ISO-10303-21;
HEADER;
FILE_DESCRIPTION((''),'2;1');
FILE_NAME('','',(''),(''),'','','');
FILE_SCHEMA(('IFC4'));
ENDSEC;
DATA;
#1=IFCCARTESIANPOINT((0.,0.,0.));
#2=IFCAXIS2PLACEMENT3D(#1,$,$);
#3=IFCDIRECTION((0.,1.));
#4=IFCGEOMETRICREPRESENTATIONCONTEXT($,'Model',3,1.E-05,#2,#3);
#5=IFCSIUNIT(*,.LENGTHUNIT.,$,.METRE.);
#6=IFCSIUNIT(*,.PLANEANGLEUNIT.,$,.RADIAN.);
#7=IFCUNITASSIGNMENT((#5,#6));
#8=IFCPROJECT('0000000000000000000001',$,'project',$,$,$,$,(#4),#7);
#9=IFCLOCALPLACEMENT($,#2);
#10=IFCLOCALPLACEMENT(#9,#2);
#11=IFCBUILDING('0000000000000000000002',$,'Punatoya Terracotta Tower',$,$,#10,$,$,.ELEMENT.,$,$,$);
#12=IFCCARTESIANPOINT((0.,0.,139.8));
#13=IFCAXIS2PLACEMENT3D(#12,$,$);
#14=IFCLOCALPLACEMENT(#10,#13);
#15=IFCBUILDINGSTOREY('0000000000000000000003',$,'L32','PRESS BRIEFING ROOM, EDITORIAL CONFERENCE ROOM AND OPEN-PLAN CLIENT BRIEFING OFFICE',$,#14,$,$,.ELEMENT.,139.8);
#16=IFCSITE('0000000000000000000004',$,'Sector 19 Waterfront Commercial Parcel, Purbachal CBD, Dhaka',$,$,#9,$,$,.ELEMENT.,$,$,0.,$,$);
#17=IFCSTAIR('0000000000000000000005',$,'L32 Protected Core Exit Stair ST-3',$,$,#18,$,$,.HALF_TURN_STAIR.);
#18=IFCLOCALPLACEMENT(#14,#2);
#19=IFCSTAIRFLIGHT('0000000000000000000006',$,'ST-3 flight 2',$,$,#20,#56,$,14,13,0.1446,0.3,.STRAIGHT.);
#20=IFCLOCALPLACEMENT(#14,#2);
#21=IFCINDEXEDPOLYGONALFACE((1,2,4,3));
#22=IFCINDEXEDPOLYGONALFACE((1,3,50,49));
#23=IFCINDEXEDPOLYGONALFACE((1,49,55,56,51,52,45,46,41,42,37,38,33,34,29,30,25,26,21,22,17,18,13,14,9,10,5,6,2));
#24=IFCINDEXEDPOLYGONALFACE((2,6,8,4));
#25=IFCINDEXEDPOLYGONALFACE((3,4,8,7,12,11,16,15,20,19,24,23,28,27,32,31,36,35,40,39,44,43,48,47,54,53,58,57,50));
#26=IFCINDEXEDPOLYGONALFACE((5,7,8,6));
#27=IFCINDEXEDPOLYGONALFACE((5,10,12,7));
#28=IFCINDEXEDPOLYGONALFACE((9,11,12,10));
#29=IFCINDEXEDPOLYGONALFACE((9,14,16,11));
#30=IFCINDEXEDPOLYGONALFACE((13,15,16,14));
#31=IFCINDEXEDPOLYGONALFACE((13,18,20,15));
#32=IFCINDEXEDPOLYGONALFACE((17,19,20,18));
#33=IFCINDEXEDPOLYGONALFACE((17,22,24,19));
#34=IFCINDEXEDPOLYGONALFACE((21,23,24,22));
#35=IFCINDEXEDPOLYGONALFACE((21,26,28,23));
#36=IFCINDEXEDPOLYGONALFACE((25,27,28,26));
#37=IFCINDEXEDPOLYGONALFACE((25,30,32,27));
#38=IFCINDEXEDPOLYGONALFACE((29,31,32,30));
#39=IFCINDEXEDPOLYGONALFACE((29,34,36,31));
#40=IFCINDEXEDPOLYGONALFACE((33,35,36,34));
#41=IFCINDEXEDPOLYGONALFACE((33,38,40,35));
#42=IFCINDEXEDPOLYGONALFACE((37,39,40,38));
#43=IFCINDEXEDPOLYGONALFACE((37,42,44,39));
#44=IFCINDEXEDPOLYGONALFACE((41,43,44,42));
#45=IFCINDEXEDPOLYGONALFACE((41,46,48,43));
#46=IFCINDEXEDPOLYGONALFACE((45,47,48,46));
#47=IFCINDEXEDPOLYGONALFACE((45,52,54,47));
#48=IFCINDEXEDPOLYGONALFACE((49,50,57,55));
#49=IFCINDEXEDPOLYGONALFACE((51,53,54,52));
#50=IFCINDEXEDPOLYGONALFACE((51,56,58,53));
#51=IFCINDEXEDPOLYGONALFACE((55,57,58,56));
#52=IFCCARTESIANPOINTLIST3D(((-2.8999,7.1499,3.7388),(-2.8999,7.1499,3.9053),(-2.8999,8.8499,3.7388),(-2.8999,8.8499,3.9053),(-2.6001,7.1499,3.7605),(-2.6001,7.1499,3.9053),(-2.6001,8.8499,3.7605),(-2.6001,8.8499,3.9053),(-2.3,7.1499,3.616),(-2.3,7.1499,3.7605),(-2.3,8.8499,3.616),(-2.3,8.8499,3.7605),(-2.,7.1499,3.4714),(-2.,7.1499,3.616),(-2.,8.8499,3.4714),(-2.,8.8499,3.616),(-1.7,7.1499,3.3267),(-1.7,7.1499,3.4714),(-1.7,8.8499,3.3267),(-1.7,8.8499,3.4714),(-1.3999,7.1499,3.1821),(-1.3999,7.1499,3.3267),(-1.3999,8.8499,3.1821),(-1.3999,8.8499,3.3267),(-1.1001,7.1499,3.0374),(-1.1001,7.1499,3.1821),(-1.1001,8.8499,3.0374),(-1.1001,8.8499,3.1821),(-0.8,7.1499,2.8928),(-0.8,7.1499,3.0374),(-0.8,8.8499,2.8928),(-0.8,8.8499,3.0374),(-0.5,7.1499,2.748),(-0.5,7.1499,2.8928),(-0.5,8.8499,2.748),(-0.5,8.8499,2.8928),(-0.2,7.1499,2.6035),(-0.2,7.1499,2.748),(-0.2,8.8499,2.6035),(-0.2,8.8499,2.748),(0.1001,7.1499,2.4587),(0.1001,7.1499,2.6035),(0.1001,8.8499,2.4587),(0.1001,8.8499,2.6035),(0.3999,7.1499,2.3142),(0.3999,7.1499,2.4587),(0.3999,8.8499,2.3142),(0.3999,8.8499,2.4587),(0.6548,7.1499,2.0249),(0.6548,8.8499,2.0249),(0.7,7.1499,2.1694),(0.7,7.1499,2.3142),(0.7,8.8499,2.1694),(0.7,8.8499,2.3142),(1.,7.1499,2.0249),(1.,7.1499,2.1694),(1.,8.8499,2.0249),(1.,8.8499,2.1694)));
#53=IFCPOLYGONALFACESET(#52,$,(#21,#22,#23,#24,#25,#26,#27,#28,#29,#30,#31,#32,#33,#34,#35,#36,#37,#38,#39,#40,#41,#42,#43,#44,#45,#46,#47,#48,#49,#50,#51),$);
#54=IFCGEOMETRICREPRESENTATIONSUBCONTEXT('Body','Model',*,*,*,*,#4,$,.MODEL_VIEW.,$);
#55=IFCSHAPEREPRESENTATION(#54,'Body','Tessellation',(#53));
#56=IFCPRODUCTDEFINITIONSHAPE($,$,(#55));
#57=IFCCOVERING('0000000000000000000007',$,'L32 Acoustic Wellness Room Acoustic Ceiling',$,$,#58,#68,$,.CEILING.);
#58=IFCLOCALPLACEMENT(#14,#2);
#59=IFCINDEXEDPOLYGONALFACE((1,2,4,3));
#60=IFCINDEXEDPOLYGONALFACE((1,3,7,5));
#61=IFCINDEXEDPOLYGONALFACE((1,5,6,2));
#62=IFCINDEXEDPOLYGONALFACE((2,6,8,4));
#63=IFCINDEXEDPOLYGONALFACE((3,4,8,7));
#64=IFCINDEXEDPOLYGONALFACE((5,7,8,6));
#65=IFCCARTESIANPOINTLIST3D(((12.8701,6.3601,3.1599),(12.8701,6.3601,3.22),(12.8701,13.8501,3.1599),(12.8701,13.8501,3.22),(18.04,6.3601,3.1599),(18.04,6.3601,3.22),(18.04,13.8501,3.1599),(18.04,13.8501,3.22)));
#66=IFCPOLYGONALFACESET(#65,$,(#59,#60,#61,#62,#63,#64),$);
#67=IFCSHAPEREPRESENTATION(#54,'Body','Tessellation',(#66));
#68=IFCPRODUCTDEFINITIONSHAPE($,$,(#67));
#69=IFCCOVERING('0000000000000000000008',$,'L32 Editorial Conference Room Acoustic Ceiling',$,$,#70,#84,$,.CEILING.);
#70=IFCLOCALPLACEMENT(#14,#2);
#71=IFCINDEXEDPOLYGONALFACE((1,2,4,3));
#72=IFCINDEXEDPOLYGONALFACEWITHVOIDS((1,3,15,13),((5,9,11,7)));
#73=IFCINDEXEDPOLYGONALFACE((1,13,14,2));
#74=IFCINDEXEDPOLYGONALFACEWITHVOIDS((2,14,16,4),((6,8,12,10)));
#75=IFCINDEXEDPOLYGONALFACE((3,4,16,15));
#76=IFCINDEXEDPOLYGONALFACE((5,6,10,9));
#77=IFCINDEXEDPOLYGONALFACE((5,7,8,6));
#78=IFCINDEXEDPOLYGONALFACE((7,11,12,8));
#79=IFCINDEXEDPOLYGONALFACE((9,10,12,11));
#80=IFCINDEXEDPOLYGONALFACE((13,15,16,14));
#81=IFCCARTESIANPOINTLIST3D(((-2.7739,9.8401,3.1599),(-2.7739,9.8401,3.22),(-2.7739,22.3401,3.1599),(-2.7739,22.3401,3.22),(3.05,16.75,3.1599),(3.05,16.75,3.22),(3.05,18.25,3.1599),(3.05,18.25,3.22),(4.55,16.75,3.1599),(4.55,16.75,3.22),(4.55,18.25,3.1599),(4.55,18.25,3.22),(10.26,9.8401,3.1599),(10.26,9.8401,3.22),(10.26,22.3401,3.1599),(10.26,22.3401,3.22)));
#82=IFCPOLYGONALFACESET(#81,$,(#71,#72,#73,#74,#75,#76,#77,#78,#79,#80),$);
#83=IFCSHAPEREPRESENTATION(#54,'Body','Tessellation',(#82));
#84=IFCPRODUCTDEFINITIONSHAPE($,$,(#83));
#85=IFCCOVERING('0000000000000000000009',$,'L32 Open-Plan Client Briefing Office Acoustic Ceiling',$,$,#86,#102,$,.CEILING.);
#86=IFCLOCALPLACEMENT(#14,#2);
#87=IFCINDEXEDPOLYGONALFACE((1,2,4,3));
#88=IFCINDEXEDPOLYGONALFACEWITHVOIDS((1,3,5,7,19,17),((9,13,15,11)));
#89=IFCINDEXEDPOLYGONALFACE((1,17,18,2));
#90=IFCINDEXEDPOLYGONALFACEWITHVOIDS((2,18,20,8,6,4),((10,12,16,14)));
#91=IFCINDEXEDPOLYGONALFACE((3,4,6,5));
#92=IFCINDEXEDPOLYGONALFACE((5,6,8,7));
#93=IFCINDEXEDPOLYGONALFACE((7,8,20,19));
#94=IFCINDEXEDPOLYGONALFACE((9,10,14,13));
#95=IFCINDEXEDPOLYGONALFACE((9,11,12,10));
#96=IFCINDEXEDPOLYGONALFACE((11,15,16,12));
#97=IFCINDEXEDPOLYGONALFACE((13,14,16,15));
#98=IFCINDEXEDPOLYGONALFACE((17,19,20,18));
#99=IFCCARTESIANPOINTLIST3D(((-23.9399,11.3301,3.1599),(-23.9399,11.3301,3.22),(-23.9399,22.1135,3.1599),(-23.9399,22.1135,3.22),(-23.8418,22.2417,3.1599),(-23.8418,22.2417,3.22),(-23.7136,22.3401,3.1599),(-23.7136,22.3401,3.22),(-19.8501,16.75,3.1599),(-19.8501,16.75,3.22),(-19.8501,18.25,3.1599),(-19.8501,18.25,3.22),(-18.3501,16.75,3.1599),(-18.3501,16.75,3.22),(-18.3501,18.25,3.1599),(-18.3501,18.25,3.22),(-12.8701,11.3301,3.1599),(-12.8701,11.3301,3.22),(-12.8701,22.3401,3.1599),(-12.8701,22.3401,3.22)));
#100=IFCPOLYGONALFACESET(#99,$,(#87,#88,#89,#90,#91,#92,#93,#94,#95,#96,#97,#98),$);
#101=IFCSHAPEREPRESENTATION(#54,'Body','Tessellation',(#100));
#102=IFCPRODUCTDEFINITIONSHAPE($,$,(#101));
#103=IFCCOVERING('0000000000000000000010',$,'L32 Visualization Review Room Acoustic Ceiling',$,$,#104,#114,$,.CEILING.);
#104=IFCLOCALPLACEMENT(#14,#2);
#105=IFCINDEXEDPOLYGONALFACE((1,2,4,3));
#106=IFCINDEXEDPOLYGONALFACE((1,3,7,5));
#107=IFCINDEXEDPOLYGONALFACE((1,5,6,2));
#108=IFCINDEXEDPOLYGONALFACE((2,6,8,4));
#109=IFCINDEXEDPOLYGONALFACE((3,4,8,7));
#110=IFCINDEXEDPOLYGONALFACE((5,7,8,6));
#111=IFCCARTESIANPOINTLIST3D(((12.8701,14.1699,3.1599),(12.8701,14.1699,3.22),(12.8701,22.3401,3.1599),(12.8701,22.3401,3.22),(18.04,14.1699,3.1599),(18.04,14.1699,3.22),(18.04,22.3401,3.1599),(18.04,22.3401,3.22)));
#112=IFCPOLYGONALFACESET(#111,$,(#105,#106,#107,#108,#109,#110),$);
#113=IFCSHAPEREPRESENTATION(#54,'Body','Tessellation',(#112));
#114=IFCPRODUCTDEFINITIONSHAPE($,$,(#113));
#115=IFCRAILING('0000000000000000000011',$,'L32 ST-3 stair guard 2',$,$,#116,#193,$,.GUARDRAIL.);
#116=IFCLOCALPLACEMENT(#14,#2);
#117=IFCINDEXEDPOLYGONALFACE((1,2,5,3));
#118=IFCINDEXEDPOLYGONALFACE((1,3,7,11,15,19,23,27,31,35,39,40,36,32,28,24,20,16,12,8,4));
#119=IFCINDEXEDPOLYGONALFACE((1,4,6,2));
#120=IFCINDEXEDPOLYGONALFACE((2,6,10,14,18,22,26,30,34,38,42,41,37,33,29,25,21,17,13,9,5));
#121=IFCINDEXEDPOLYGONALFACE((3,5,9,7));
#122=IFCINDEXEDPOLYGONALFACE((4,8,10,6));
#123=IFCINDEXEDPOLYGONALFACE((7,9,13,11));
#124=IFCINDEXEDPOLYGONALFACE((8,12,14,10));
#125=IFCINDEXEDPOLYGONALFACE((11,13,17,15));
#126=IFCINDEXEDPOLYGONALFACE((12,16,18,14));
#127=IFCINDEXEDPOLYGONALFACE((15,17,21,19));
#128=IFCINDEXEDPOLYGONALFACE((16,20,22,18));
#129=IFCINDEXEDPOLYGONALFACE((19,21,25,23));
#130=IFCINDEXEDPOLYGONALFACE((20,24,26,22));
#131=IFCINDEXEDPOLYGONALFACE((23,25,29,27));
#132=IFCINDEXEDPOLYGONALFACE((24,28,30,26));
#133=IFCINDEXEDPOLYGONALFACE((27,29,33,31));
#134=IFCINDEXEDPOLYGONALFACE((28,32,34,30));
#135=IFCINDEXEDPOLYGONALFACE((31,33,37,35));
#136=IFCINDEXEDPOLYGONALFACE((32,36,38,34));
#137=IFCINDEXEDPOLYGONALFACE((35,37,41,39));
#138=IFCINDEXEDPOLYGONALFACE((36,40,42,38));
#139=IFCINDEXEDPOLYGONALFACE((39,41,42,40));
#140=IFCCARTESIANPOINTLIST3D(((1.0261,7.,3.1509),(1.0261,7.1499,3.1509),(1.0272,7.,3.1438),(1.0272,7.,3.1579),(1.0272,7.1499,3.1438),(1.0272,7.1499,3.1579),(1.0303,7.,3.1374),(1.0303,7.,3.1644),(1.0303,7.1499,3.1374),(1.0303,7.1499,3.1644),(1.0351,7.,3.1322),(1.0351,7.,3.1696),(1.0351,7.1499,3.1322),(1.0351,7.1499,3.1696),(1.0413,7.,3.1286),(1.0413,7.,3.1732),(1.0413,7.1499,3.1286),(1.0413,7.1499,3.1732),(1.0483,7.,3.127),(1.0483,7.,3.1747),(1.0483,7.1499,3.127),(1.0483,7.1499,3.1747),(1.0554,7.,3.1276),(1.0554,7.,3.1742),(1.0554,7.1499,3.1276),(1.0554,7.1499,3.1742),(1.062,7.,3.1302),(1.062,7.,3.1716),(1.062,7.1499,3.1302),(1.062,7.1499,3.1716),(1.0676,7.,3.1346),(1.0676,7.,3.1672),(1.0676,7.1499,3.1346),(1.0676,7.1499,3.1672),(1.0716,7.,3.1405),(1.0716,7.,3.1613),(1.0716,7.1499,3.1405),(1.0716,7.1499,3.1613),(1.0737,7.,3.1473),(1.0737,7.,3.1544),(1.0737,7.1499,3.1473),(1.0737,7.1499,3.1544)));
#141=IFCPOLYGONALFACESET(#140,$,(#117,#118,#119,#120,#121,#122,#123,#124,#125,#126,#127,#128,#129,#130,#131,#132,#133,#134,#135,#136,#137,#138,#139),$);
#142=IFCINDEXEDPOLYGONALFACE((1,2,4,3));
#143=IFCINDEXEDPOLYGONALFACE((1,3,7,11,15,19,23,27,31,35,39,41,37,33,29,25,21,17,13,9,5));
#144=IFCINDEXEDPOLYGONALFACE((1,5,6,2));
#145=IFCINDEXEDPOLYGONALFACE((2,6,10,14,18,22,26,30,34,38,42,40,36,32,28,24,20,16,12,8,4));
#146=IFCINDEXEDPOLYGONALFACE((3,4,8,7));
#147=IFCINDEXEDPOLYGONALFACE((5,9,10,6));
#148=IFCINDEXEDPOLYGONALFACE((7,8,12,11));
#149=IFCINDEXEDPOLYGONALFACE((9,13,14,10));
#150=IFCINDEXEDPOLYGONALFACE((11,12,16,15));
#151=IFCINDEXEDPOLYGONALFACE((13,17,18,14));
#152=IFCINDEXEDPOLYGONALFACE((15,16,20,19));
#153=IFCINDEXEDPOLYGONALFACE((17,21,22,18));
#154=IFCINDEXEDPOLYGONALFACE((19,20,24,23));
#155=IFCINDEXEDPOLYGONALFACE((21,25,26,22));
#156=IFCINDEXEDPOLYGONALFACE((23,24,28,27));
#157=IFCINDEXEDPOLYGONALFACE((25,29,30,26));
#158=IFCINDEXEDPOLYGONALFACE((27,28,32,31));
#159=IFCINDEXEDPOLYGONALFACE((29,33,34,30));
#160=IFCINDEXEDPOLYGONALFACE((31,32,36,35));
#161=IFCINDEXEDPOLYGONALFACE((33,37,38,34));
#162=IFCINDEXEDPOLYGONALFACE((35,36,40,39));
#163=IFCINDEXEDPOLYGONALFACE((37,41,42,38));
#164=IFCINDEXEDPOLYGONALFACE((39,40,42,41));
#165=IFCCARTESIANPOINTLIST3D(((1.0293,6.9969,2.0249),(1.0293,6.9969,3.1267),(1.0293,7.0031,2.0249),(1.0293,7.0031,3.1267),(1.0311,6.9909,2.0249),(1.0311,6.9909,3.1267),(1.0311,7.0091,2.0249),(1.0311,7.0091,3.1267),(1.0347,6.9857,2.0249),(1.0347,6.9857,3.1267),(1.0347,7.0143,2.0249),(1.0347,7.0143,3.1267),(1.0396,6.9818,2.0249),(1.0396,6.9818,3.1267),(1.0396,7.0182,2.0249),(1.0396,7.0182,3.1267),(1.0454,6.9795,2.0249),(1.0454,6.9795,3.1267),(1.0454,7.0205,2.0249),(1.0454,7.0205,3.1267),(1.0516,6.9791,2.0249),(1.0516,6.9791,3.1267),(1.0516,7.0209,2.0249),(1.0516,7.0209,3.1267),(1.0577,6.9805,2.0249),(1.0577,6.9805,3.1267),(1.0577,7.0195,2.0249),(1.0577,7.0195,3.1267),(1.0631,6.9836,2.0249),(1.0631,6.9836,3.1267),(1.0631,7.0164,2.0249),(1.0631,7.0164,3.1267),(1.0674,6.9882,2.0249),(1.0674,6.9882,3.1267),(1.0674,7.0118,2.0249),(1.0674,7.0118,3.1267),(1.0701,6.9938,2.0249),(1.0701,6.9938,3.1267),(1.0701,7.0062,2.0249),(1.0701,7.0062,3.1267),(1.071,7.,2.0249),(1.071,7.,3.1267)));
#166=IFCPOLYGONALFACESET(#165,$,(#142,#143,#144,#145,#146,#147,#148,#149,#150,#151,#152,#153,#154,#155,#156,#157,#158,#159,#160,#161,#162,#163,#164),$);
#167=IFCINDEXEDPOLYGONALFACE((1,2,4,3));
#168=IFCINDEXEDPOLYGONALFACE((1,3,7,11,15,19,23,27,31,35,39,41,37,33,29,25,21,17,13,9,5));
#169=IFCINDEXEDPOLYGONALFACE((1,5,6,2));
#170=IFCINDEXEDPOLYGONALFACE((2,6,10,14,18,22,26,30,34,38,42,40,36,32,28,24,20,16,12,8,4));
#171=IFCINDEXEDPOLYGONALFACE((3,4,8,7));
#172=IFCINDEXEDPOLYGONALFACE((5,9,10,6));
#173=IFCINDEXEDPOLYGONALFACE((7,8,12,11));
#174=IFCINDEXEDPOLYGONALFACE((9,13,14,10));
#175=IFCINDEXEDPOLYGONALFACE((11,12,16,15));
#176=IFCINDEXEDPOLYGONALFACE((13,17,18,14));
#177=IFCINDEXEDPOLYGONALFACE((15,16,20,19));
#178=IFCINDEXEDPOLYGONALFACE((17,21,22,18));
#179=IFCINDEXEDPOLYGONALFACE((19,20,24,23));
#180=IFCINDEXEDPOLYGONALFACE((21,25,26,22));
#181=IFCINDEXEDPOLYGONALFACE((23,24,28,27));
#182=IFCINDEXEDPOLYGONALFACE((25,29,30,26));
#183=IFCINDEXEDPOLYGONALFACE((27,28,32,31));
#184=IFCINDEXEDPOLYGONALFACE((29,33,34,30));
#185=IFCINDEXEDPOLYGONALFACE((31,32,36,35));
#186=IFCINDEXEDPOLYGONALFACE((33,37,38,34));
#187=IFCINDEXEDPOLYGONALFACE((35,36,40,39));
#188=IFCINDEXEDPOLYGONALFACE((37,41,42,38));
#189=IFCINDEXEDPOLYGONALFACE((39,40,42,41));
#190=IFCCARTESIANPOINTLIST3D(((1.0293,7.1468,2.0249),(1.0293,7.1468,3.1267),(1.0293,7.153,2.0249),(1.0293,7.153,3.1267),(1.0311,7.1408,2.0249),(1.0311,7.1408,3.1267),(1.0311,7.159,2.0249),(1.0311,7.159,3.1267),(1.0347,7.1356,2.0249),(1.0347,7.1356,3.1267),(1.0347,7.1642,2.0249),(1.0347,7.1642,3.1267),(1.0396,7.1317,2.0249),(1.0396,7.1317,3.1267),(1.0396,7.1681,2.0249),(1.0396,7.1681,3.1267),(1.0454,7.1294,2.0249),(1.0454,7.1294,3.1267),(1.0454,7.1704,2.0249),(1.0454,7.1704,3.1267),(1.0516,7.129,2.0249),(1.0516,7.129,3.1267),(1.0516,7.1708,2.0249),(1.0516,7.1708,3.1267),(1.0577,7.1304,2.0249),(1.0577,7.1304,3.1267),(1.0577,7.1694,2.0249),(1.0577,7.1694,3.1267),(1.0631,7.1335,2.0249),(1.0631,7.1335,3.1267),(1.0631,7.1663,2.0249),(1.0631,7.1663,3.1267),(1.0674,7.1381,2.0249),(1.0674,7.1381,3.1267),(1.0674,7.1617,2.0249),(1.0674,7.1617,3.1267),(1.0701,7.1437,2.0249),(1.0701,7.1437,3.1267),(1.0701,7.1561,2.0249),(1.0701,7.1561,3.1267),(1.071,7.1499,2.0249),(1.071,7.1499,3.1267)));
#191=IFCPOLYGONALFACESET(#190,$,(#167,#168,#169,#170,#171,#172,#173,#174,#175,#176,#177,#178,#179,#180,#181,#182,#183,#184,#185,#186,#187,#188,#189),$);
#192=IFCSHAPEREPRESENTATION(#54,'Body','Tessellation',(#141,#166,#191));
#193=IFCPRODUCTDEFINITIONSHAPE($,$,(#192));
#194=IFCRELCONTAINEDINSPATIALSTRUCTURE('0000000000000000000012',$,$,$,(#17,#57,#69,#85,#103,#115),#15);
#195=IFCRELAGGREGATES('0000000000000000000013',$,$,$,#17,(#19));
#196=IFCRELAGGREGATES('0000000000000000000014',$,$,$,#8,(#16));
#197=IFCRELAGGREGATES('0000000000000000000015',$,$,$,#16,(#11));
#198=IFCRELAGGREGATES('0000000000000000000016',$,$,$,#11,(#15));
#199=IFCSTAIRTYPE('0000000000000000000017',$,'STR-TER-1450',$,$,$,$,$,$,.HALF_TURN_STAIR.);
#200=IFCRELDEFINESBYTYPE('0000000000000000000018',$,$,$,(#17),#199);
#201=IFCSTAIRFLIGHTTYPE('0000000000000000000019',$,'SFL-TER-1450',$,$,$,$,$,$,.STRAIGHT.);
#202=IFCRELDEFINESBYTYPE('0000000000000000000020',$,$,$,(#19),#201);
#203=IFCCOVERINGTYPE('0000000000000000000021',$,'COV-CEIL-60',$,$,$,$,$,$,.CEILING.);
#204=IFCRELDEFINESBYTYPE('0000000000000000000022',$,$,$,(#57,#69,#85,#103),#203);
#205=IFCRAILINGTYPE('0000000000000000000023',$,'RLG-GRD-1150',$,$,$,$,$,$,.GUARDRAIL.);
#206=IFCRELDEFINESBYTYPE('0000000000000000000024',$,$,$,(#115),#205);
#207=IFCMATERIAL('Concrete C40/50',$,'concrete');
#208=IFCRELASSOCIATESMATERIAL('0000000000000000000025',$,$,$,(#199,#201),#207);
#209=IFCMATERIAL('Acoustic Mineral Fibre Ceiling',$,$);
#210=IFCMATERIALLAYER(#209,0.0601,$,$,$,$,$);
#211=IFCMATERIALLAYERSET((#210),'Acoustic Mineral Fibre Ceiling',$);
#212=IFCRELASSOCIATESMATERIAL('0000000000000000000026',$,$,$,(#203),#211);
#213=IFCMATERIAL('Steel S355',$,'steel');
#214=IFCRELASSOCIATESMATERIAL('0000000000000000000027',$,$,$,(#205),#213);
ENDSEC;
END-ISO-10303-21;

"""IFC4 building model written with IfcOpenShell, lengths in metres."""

from ifc_helpers import new_model, si_unit, direction, frame, origin, origin_2d, place, context, subcontext, project, spatial, polyline, circle, outline, extrude, material, layer, layer_set, type_object, element, aggregate, save


model = new_model("IFC4")

# Units and contexts
model_context = context("Model", 3, precision=1e-05, world=origin(), true_north=direction((0.0, 1.0)))
body_context = subcontext(model_context, "Body", "Model", "MODEL_VIEW")
ifc_project = project(units=[si_unit("LENGTHUNIT", "METRE"), si_unit("PLANEANGLEUNIT", "RADIAN")], contexts=[model_context])

# Site, building, storey
site_placement = place(None, origin())
site = spatial("IfcSite", under=ifc_project, at=site_placement, Name="Sector 19 Waterfront Commercial Parcel, Purbachal CBD, Dhaka", CompositionType="ELEMENT", RefElevation=0.0)
building_placement = place(site_placement, origin())
building = spatial("IfcBuilding", under=site, at=building_placement, Name="Punatoya Terracotta Tower", CompositionType="ELEMENT")
storey_placement = place(building_placement, frame((0.0, 0.0, 139.8)))
storey = spatial("IfcBuildingStorey", under=building, at=storey_placement, Name="L32", Description="PRESS BRIEFING ROOM, EDITORIAL CONFERENCE ROOM AND OPEN-PLAN CLIENT BRIEFING OFFICE", CompositionType="ELEMENT", Elevation=139.8)

# Shared definitions
ifc_material_1 = material(Name="Steel S355", Category="steel")

# Shared definitions
ifc_material_2 = material(Name="Concrete C40/50", Category="concrete")

# Stair, stair flight
stair_type_1 = type_object("IfcStairType", Name="STR-TER-1450", PredefinedType="HALF_TURN_STAIR", material=ifc_material_2)
stair_1_placement = place(storey_placement, origin())
stair_1 = element("IfcStair", 1, at=stair_1_placement, inside=storey, type_object=stair_type_1, Name="L32 Protected Core Exit Stair ST-3", PredefinedType="HALF_TURN_STAIR")
stair_flight_type_1 = type_object("IfcStairFlightType", Name="SFL-TER-1450", PredefinedType="STRAIGHT", material=ifc_material_2)
stair_flight_1_placement = place(storey_placement, frame((1.0, 8.0, 2.0249), z_axis=(0.0, 0.0, 1.0), x_axis=(-1.0, 0.0, 0.0)))
stair_flight_1 = element("IfcStairFlight", 2, at=stair_flight_1_placement, type_object=stair_flight_type_1, Name="ST-3 flight 2", NumberOfRisers=14, NumberOfTreads=13, PredefinedType="STRAIGHT", RiserHeight=0.1446, TreadLength=0.3, context=body_context, shape_type="SweptSolid", body=[
    extrude(outline(polyline([(0.0, 0.0), (0.0, 0.1445), (0.3, 0.1445), (0.3, 0.2893), (0.6001, 0.2893), (0.6001, 0.4338), (0.8999, 0.4338), (0.8999, 0.5786), (1.2, 0.5786), (1.2, 0.7231), (1.5, 0.7231), (1.5, 0.8679), (1.8, 0.8679), (1.8, 1.0125), (2.1001, 1.0125), (2.1001, 1.1572), (2.3999, 1.1572), (2.3999, 1.3018), (2.7, 1.3018), (2.7, 1.4465), (3.0, 1.4465), (3.0, 1.5911), (3.3, 1.5911), (3.3, 1.7356), (3.6001, 1.7356), (3.6001, 1.8804), (3.8999, 1.8804), (3.8999, 2.0249), (3.8999, 1.7139), (0.3452, 0.0), (0.0, 0.0)])), frame((0.0, 0.8501, 0.0), z_axis=(0.0, -1.0, 0.0), x_axis=(1.0, 0.0, 0.0)), (0.0, 0.0, 1.0), 1.7),
])
aggregate(stair_1, [stair_flight_1])

# Coverings
ifc_material_3 = material(Name="Acoustic Mineral Fibre Ceiling")
ifc_layer_1 = layer(ifc_material_3, 0.0601)
ifc_layer_set_1 = layer_set([ifc_layer_1], Name="Acoustic Mineral Fibre Ceiling")
covering_type = type_object("IfcCoveringType", Name="COV-CEIL-60", PredefinedType="CEILING", material=ifc_layer_set_1)
covering_1_placement = place(storey_placement, frame((0.0, 0.0, 3.1599)))
element("IfcCovering", 3, at=covering_1_placement, inside=storey, type_object=covering_type, Name="L32 Acoustic Wellness Room Acoustic Ceiling", PredefinedType="CEILING", context=body_context, shape_type="SweptSolid", body=[
    extrude(outline(polyline([(12.8701, 13.8501), (12.8701, 6.3601), (18.04, 6.3601), (18.04, 13.8501), (12.8701, 13.8501)])), origin(), (0.0, 0.0, 1.0), 0.0601),
])
covering_2_placement = place(storey_placement, frame((0.0, 0.0, 3.1599)))
element("IfcCovering", 4, at=covering_2_placement, inside=storey, type_object=covering_type, Name="L32 Editorial Conference Room Acoustic Ceiling", PredefinedType="CEILING", context=body_context, shape_type="SweptSolid", body=[
    extrude(outline(polyline([(10.26, 9.8401), (10.26, 22.3401), (-2.7739, 22.3401), (-2.7739, 9.8401), (10.26, 9.8401)]), holes=[polyline([(4.55, 16.75), (3.05, 16.75), (3.05, 18.25), (4.55, 18.25), (4.55, 16.75)])]), origin(), (0.0, 0.0, 1.0), 0.0601),
])
covering_3_placement = place(storey_placement, frame((0.0, 0.0, 3.1599)))
element("IfcCovering", 5, at=covering_3_placement, inside=storey, type_object=covering_type, Name="L32 Open-Plan Client Briefing Office Acoustic Ceiling", PredefinedType="CEILING", context=body_context, shape_type="SweptSolid", body=[
    extrude(outline(polyline([(-23.9399, 11.3301), (-12.8701, 11.3301), (-12.8701, 22.3401), (-23.7136, 22.3401), (-23.8418, 22.2417), (-23.9399, 22.1135), (-23.9399, 11.3301)]), holes=[polyline([(-19.8501, 18.25), (-18.3501, 18.25), (-18.3501, 16.75), (-19.8501, 16.75), (-19.8501, 18.25)])]), origin(), (0.0, 0.0, 1.0), 0.0601),
])
covering_4_placement = place(storey_placement, frame((0.0, 0.0, 3.1599)))
element("IfcCovering", 6, at=covering_4_placement, inside=storey, type_object=covering_type, Name="L32 Visualization Review Room Acoustic Ceiling", PredefinedType="CEILING", context=body_context, shape_type="SweptSolid", body=[
    extrude(outline(polyline([(12.8701, 22.3401), (12.8701, 14.1699), (18.04, 14.1699), (18.04, 22.3401), (12.8701, 22.3401)])), origin(), (0.0, 0.0, 1.0), 0.0601),
])

# Railing
railing_type_1 = type_object("IfcRailingType", Name="RLG-GRD-1150", PredefinedType="GUARDRAIL", material=ifc_material_1)
railing_1_placement = place(storey_placement, frame((1.05, 7.0, 2.0249)))
element("IfcRailing", 7, at=railing_1_placement, inside=storey, type_object=railing_type_1, Name="L32 ST-3 stair guard 2", PredefinedType="GUARDRAIL", context=body_context, shape_type="SweptSolid", body=[
    extrude(circle(Radius=0.0239, at=origin_2d()), frame((0.0, 0.0, 1.126), z_axis=(0.0, 1.0, 0.0), x_axis=(-1.0, 0.0, 0.0)), (0.0, 0.0, 1.0), 0.1499),
    extrude(circle(Radius=0.021, at=origin_2d()), origin(), (0.0, 0.0, 1.0), 1.1018),
    extrude(circle(Radius=0.021, at=origin_2d()), frame((0.0, 0.1499, 0.0)), (0.0, 0.0, 1.0), 1.1018),
])

save(model, "model.ifc")
